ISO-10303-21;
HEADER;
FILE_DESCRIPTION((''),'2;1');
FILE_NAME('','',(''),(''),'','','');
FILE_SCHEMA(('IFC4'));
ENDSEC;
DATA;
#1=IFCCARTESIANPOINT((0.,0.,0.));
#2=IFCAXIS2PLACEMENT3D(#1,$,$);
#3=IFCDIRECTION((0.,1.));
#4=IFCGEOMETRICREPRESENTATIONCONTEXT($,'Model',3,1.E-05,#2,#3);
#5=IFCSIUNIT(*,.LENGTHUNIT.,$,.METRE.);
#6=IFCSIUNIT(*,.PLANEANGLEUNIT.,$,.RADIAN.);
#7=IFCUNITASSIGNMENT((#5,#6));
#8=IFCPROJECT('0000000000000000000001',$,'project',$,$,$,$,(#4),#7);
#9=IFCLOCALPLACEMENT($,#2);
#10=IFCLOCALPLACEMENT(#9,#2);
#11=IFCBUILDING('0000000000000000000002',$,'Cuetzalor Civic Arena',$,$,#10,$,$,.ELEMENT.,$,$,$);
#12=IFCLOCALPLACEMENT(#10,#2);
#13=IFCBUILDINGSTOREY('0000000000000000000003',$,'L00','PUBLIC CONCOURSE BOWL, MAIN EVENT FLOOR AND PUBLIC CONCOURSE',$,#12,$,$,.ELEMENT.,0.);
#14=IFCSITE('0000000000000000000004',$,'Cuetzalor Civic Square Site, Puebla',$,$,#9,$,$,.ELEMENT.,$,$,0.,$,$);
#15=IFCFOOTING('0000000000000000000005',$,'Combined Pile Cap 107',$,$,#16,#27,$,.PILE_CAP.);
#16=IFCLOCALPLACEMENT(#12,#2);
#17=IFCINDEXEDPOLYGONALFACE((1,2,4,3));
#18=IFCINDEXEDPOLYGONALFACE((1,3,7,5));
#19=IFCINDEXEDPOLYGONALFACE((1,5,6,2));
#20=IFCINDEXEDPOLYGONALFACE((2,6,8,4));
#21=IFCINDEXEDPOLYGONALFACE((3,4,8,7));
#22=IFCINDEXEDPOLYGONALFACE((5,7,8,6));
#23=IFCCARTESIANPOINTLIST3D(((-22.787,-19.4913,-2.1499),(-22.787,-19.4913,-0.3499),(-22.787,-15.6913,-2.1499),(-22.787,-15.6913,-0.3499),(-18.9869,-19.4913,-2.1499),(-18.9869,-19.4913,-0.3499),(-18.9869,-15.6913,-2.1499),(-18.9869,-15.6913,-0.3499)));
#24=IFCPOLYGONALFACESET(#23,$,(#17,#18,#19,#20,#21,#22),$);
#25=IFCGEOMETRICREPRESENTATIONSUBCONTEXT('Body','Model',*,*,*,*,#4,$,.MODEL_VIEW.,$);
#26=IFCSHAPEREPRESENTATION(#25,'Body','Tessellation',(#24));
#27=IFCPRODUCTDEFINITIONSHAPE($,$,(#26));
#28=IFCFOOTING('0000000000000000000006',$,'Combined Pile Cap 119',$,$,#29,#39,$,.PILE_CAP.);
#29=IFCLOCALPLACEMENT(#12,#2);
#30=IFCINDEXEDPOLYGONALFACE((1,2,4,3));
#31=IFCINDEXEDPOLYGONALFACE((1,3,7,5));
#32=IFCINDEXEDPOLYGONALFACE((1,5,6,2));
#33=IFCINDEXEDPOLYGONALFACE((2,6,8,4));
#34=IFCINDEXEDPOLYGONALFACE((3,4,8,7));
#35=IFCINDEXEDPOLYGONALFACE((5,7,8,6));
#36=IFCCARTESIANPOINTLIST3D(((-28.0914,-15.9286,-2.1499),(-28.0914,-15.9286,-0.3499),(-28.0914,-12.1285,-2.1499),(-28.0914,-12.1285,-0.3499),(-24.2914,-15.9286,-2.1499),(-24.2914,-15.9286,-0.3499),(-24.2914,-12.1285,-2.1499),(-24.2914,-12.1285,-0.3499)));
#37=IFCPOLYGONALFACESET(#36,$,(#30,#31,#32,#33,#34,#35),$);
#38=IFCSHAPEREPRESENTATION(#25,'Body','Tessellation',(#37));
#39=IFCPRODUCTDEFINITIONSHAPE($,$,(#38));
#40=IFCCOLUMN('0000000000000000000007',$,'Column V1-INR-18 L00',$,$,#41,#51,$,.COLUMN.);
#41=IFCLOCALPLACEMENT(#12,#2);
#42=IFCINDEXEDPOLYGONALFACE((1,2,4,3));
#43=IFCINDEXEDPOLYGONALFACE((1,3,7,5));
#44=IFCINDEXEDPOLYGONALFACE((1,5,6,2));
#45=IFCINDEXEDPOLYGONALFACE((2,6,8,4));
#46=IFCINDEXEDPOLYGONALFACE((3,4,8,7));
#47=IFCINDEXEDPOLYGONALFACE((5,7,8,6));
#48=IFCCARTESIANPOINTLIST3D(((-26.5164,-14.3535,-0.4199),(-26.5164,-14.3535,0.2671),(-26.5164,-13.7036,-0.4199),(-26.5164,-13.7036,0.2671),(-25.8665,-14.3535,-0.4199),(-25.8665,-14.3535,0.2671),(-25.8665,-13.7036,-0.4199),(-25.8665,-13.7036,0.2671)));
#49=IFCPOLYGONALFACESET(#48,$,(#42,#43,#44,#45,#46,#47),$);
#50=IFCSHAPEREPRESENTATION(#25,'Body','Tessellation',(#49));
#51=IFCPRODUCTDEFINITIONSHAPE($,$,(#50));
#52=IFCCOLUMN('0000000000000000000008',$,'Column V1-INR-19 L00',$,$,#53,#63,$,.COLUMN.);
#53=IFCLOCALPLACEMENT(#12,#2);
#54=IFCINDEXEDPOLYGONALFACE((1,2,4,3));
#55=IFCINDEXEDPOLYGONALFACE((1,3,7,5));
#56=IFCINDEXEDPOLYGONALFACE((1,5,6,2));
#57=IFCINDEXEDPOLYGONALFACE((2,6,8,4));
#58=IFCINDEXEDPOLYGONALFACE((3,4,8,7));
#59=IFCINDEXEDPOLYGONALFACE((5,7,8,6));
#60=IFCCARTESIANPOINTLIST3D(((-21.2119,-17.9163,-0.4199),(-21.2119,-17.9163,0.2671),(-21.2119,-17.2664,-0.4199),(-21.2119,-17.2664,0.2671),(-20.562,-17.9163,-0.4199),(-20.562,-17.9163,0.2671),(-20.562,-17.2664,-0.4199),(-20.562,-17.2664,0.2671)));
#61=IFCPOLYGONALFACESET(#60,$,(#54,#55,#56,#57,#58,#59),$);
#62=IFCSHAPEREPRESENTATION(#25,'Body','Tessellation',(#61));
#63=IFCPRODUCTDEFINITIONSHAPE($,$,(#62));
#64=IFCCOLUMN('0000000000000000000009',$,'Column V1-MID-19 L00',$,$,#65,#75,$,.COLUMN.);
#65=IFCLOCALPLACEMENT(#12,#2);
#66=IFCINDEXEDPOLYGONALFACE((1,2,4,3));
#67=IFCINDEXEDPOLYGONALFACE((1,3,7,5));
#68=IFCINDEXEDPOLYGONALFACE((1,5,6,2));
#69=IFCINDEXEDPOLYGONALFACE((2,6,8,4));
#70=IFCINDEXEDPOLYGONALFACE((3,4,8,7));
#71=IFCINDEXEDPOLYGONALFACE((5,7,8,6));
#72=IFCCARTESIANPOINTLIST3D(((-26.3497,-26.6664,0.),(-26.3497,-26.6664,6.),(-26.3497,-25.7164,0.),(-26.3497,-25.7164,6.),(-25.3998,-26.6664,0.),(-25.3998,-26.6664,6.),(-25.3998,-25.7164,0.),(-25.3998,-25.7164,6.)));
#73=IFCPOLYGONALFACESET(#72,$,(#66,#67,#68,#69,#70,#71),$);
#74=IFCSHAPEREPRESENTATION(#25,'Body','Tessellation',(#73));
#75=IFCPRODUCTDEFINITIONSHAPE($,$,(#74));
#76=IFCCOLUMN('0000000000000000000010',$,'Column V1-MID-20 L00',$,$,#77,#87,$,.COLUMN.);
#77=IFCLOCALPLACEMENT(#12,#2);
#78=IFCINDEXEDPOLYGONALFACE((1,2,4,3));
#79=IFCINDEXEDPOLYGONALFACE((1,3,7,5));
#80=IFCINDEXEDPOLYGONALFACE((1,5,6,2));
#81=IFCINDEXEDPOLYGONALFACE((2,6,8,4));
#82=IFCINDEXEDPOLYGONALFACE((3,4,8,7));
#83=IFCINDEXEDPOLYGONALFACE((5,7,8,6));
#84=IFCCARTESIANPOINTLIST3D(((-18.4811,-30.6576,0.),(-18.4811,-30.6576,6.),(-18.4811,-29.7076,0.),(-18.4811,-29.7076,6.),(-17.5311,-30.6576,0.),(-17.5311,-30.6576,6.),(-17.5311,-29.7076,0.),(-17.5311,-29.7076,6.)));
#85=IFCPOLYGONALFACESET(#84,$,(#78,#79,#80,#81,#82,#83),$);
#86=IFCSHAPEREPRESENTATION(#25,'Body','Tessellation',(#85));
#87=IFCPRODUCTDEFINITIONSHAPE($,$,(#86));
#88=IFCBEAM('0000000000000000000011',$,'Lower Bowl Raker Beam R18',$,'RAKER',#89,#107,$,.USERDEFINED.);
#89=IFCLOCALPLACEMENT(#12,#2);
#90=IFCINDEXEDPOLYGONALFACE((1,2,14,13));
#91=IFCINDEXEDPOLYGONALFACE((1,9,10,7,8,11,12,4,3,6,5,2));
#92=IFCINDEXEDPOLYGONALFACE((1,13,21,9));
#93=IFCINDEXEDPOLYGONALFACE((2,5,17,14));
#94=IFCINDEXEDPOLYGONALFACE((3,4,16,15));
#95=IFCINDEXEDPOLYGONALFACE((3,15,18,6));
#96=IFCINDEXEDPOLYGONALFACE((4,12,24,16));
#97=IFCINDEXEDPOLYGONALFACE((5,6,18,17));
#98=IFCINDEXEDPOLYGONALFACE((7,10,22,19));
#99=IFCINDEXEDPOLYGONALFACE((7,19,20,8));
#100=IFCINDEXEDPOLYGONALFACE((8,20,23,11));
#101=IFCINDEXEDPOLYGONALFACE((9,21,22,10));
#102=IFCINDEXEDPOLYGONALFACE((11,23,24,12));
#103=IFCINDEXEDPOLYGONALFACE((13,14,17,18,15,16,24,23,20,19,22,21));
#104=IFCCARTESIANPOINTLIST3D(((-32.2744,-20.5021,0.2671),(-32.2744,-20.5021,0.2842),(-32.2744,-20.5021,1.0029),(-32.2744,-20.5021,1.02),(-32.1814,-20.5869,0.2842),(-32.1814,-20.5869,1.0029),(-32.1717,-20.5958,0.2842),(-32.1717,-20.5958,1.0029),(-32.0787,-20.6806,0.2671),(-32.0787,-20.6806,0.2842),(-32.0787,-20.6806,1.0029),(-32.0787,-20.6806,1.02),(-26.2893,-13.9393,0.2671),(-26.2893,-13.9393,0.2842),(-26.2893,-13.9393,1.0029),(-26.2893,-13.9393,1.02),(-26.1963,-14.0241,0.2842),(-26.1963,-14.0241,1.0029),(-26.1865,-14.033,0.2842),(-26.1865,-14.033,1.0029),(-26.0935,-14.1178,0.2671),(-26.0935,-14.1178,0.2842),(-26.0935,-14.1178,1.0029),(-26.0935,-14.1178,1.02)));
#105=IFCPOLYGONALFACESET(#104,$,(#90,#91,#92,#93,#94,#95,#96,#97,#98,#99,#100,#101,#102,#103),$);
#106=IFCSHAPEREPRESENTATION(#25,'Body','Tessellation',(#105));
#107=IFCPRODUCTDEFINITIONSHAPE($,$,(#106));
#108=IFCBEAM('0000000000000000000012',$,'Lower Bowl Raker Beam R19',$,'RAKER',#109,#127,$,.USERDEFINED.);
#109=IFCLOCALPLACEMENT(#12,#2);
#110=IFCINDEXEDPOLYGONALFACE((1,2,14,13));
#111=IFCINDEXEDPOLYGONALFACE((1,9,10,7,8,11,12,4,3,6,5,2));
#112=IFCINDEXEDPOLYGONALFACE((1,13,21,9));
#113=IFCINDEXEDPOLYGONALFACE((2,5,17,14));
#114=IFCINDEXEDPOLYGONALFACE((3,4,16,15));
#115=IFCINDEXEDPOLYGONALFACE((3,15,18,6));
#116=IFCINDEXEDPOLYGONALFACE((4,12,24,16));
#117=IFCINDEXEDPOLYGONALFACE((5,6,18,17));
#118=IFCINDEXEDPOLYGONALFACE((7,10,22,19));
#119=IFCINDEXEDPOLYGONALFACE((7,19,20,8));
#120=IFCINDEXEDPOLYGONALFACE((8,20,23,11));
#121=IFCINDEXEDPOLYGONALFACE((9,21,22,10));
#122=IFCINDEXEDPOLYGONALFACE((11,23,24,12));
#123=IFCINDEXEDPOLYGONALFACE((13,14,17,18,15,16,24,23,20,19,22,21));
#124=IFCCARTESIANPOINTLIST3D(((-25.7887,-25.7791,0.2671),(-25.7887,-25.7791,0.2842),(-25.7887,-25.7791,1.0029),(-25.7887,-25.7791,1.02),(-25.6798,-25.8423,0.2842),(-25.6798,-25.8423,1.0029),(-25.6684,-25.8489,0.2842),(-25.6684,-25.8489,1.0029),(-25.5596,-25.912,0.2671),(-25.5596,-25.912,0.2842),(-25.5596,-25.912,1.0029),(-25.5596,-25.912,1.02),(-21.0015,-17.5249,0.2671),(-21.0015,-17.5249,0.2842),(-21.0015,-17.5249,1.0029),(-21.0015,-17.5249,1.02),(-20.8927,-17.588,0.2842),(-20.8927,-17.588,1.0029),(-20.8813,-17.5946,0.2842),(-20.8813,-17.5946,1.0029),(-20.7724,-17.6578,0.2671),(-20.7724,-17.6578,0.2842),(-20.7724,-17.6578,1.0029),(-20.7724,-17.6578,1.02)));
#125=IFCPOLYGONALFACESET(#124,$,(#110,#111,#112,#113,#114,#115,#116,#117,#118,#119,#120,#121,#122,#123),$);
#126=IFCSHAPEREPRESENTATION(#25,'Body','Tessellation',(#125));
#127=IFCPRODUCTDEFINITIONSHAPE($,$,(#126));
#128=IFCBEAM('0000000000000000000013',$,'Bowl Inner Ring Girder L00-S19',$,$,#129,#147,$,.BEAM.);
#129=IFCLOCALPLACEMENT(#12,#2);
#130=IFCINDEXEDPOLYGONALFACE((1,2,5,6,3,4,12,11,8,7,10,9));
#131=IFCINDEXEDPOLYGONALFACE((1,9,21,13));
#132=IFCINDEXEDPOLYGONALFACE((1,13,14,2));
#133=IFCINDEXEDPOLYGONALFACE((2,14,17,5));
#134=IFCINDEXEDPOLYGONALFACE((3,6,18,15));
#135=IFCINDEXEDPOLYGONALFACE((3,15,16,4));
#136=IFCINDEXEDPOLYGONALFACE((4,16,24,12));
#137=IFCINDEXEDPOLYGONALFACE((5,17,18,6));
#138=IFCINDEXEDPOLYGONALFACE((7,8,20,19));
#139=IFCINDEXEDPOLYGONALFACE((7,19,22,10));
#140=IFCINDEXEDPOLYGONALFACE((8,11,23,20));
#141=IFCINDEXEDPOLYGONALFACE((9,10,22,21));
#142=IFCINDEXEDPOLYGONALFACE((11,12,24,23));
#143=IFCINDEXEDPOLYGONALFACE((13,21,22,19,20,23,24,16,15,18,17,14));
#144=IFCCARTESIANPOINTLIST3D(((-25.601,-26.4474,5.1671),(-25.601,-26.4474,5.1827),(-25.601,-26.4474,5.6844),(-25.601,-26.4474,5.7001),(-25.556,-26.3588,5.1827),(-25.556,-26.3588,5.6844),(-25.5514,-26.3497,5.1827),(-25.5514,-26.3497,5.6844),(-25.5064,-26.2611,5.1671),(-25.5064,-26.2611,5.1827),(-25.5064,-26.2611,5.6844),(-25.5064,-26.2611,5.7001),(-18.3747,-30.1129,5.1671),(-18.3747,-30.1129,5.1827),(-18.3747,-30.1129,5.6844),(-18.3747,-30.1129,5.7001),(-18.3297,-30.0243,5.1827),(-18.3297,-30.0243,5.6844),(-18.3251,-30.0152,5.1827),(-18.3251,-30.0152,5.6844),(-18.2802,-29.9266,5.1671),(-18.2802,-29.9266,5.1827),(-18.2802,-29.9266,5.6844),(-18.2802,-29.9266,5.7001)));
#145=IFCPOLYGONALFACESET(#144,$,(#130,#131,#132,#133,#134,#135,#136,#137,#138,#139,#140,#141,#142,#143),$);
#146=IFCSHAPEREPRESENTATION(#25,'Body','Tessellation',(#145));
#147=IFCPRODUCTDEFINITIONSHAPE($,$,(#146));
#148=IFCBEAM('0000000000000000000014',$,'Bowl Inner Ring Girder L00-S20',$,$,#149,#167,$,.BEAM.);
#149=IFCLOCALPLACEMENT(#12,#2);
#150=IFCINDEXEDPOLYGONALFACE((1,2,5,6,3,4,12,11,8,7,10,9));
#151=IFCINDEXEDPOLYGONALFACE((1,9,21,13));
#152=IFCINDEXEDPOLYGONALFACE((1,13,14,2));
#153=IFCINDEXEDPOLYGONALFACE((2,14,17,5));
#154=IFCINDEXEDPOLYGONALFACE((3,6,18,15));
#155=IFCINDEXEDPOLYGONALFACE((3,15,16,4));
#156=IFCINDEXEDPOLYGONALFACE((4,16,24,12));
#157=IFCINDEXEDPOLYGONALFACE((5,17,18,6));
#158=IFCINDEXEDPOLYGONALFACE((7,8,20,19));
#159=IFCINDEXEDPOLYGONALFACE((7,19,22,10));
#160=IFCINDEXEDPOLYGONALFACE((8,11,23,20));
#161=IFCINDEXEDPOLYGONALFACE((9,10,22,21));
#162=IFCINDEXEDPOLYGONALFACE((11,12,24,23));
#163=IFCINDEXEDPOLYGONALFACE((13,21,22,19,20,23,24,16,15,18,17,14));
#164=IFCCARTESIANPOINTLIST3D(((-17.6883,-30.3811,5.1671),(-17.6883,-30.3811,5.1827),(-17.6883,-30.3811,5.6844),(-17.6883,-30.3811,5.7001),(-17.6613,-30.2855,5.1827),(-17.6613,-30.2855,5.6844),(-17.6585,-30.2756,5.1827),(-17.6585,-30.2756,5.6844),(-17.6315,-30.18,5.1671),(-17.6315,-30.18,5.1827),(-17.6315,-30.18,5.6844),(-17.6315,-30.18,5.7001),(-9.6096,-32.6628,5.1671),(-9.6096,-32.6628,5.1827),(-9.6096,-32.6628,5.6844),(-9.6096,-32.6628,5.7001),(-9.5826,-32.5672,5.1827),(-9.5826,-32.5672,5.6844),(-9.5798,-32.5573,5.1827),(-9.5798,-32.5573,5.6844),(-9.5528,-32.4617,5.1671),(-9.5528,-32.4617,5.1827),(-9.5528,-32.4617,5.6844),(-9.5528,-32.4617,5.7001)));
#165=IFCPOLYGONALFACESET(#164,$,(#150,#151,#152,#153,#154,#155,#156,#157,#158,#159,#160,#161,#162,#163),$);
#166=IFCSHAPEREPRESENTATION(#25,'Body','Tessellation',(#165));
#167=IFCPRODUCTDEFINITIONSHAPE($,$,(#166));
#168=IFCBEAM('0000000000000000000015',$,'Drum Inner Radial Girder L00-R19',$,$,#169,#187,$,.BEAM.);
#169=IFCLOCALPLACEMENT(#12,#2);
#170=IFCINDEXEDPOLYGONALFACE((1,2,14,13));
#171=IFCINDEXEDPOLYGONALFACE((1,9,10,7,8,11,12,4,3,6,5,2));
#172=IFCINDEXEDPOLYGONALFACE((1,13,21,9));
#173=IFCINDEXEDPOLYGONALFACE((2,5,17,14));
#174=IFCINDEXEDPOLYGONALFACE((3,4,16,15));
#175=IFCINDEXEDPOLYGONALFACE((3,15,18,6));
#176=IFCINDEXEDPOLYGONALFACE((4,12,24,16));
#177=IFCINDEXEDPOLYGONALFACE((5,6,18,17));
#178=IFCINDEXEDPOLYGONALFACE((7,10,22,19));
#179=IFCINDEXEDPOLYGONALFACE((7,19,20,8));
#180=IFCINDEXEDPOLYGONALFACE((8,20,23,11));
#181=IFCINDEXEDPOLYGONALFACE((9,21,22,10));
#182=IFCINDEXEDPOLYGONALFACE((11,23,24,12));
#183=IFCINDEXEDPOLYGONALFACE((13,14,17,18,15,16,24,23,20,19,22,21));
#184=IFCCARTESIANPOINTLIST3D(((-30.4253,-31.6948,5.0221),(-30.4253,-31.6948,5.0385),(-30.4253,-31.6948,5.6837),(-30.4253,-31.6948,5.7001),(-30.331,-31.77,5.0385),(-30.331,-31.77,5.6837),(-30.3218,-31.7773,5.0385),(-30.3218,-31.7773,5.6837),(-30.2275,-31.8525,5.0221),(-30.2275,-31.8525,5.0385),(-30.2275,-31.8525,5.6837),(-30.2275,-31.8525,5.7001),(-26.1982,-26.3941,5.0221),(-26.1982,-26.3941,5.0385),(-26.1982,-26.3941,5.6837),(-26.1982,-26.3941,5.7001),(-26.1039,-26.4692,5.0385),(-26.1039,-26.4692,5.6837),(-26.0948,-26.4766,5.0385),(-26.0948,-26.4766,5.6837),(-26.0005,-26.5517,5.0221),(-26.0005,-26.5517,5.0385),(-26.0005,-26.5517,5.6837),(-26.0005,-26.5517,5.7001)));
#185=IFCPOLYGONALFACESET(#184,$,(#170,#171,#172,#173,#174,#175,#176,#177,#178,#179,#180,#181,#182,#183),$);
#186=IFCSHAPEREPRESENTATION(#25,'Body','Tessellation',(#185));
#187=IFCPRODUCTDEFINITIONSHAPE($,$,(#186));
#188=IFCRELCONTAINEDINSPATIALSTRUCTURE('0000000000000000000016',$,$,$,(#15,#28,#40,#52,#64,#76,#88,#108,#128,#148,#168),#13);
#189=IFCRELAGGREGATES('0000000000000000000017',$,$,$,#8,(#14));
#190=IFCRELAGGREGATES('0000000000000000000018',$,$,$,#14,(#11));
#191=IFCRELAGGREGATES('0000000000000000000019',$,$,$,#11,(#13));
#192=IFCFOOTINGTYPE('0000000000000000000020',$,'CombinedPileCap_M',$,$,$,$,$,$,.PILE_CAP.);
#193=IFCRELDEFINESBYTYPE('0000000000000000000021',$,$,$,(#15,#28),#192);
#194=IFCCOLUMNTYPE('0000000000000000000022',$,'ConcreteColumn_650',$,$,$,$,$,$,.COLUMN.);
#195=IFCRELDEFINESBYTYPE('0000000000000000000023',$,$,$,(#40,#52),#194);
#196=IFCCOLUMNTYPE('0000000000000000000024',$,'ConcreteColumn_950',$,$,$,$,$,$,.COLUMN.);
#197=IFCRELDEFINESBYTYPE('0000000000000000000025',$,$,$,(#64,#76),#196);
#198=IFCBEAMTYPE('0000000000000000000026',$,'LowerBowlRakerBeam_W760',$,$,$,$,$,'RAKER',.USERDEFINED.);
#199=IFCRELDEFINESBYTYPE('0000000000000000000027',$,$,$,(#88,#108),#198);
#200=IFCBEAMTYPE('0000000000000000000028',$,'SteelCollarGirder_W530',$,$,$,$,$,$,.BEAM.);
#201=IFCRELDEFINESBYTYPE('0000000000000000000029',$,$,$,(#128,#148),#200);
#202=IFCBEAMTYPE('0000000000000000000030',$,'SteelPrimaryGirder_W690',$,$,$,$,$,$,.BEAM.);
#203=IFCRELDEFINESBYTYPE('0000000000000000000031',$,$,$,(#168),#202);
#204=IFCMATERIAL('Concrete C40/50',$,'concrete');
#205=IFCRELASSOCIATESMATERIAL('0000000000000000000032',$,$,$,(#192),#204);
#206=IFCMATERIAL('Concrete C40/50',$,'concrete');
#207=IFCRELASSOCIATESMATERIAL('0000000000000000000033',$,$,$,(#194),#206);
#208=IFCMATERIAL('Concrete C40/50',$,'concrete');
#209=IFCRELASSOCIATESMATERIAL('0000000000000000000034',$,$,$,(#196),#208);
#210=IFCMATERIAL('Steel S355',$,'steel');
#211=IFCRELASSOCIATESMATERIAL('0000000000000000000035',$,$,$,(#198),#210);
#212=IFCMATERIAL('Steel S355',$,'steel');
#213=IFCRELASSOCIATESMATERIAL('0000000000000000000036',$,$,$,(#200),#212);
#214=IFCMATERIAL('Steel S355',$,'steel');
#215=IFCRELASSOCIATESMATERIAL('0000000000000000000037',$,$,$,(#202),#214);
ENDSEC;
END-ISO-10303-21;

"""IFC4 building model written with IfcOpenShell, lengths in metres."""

from ifc_helpers import new_model, si_unit, direction, frame, origin, origin_2d, place, context, subcontext, project, spatial, rectangle, i_section, extrude, material, material_profile, profile_set, type_object, element, save


model = new_model("IFC4")

# Units and contexts
model_context = context("Model", 3, precision=1e-05, world=origin(), true_north=direction((0.0, 1.0)))
body_context = subcontext(model_context, "Body", "Model", "MODEL_VIEW")
ifc_project = project(units=[si_unit("LENGTHUNIT", "METRE"), si_unit("PLANEANGLEUNIT", "RADIAN")], contexts=[model_context])

# Site, building, storey
site_placement = place(None, origin())
site = spatial("IfcSite", under=ifc_project, at=site_placement, Name="Cuetzalor Civic Square Site, Puebla", CompositionType="ELEMENT", RefElevation=0.0)
building_placement = place(site_placement, origin())
building = spatial("IfcBuilding", under=site, at=building_placement, Name="Cuetzalor Civic Arena", CompositionType="ELEMENT")
storey_placement = place(building_placement, origin())
storey = spatial("IfcBuildingStorey", under=building, at=storey_placement, Name="L00", Description="PUBLIC CONCOURSE BOWL, MAIN EVENT FLOOR AND PUBLIC CONCOURSE", CompositionType="ELEMENT", Elevation=0.0)

# Footings
ifc_material_1 = material(Name="Concrete C40/50", Category="concrete")
footing_type = type_object("IfcFootingType", Name="CombinedPileCap_M", PredefinedType="PILE_CAP", material=ifc_material_1)
for number, where, z_axis, x_axis, name in (
    (1, (-20.887, -17.5913, -2.1499), (0.0, 0.0, 1.0), (1.0, 0.0, 0.0), "Combined Pile Cap 107"),
    (2, (-26.1914, -14.0286, -2.1499), (0.0, 0.0, 1.0), (1.0, 0.0, 0.0), "Combined Pile Cap 119"),
):
    element("IfcFooting", number, at=place(storey_placement, frame(where, z_axis=z_axis, x_axis=x_axis)), inside=storey, type_object=footing_type, Name=name, PredefinedType="PILE_CAP", context=body_context, shape_type="SweptSolid", body=[
        extrude(rectangle(XDim=3.8, YDim=3.8, at=origin_2d()), origin(), (0.0, 0.0, 1.0), 1.8),
    ])

# Columns
ifc_material_2 = material(Name="Concrete C40/50", Category="concrete")
ifc_material_profile_1 = material_profile(ifc_material_2, rectangle(XDim=0.6499, YDim=0.6499, at=origin_2d()), Name="RC 650x650")
ifc_profile_set_1 = profile_set([ifc_material_profile_1], Name="Concrete C40/50")
column_type_1 = type_object("IfcColumnType", Name="ConcreteColumn_650", PredefinedType="COLUMN", material=ifc_profile_set_1)
for number, where, z_axis, x_axis, name in (
    (3, (-26.1914, -14.0286, -0.4199), (0.0, 0.0, 1.0), (1.0, 0.0, 0.0), "Column V1-INR-18 L00"),
    (4, (-20.887, -17.5913, -0.4199), (0.0, 0.0, 1.0), (1.0, 0.0, 0.0), "Column V1-INR-19 L00"),
):
    element("IfcColumn", number, at=place(storey_placement, frame(where, z_axis=z_axis, x_axis=x_axis)), inside=storey, type_object=column_type_1, Name=name, PredefinedType="COLUMN", context=body_context, shape_type="SweptSolid", body=[
        extrude(rectangle(XDim=0.6499, YDim=0.6499, at=origin_2d()), origin(), (0.0, 0.0, 1.0), 0.687),
    ])
ifc_material_3 = material(Name="Concrete C40/50", Category="concrete")
ifc_material_profile_2 = material_profile(ifc_material_3, rectangle(XDim=0.95, YDim=0.95, at=origin_2d()), Name="RC 950x950")
ifc_profile_set_2 = profile_set([ifc_material_profile_2], Name="Concrete C40/50")
column_type_2 = type_object("IfcColumnType", Name="ConcreteColumn_950", PredefinedType="COLUMN", material=ifc_profile_set_2)
for number, where, z_axis, x_axis, name in (
    (5, (-25.8748, -26.1914, 0.0), (0.0, 0.0, 1.0), (1.0, 0.0, 0.0), "Column V1-MID-19 L00"),
    (6, (-18.0061, -30.1826, 0.0), (0.0, 0.0, 1.0), (1.0, 0.0, 0.0), "Column V1-MID-20 L00"),
):
    element("IfcColumn", number, at=place(storey_placement, frame(where, z_axis=z_axis, x_axis=x_axis)), inside=storey, type_object=column_type_2, Name=name, PredefinedType="COLUMN", context=body_context, shape_type="SweptSolid", body=[
        extrude(rectangle(XDim=0.95, YDim=0.95, at=origin_2d()), origin(), (0.0, 0.0, 1.0), 6.0),
    ])

# Beams
ifc_material_4 = material(Name="Steel S355", Category="steel")
ifc_material_profile_3 = material_profile(ifc_material_4, i_section(OverallWidth=0.2649, OverallDepth=0.7529, WebThickness=0.0132, FlangeThickness=0.0171, at=origin_2d()), Name="W760x147")
ifc_profile_set_3 = profile_set([ifc_material_profile_3], Name="Steel S355")
beam_type_1 = type_object("IfcBeamType", Name="LowerBowlRakerBeam_W760", ElementType="RAKER", PredefinedType="USERDEFINED", material=ifc_profile_set_3)
beam_1_placement = place(storey_placement, frame((-26.1914, -14.0286, 0.6436), z_axis=(-0.673842, -0.738876, 0.0), x_axis=(0.738876, -0.673842, 0.0)))
element("IfcBeam", 7, at=beam_1_placement, inside=storey, type_object=beam_type_1, Name="Lower Bowl Raker Beam R18", ObjectType="RAKER", PredefinedType="USERDEFINED", context=body_context, shape_type="SweptSolid", body=[
    extrude(i_section(OverallWidth=0.2649, OverallDepth=0.7529, WebThickness=0.0132, FlangeThickness=0.0171, at=origin_2d()), origin(), (0.0, 0.0, 1.0), 8.8821),
])
beam_2_placement = place(storey_placement, frame((-20.887, -17.5913, 0.6436), z_axis=(-0.501695, -0.865045, 0.0), x_axis=(0.865045, -0.501695, 0.0)))
element("IfcBeam", 8, at=beam_2_placement, inside=storey, type_object=beam_type_1, Name="Lower Bowl Raker Beam R19", ObjectType="RAKER", PredefinedType="USERDEFINED", context=body_context, shape_type="SweptSolid", body=[
    extrude(i_section(OverallWidth=0.2649, OverallDepth=0.7529, WebThickness=0.0132, FlangeThickness=0.0171, at=origin_2d()), origin(), (0.0, 0.0, 1.0), 9.542),
])
ifc_material_5 = material(Name="Steel S355", Category="steel")
ifc_material_profile_4 = material_profile(ifc_material_5, i_section(OverallWidth=0.209, OverallDepth=0.533, WebThickness=0.0103, FlangeThickness=0.0156, at=origin_2d()), Name="W530x92")
ifc_profile_set_4 = profile_set([ifc_material_profile_4], Name="Steel S355")
beam_type_2 = type_object("IfcBeamType", Name="SteelCollarGirder_W530", PredefinedType="BEAM", material=ifc_profile_set_4)
beam_3_placement = place(storey_placement, frame((-25.5537, -26.3542, 5.4336), z_axis=(0.891827, -0.452376, 0.0), x_axis=(0.452376, 0.891827, 0.0)))
element("IfcBeam", 9, at=beam_3_placement, inside=storey, type_object=beam_type_2, Name="Bowl Inner Ring Girder L00-S19", PredefinedType="BEAM", context=body_context, shape_type="SweptSolid", body=[
    extrude(i_section(OverallWidth=0.209, OverallDepth=0.533, WebThickness=0.0103, FlangeThickness=0.0156, at=origin_2d()), origin(), (0.0, 0.0, 1.0), 8.1028),
])
beam_4_placement = place(storey_placement, frame((-17.6599, -30.2805, 5.4336), z_axis=(0.962354, -0.271801, 0.0), x_axis=(0.271801, 0.962354, 0.0)))
element("IfcBeam", 10, at=beam_4_placement, inside=storey, type_object=beam_type_2, Name="Bowl Inner Ring Girder L00-S20", PredefinedType="BEAM", context=body_context, shape_type="SweptSolid", body=[
    extrude(i_section(OverallWidth=0.209, OverallDepth=0.533, WebThickness=0.0103, FlangeThickness=0.0156, at=origin_2d()), origin(), (0.0, 0.0, 1.0), 8.3948),
])
ifc_material_6 = material(Name="Steel S355", Category="steel")
ifc_material_profile_5 = material_profile(ifc_material_6, i_section(OverallWidth=0.2529, OverallDepth=0.678, WebThickness=0.0117, FlangeThickness=0.0164, at=origin_2d()), Name="W690x125")
ifc_profile_set_5 = profile_set([ifc_material_profile_5], Name="Steel S355")
beam_type_3 = type_object("IfcBeamType", Name="SteelPrimaryGirder_W690", PredefinedType="BEAM", material=ifc_profile_set_5)
beam_5_placement = place(storey_placement, frame((-26.0994, -26.4729, 5.3611), z_axis=(-0.623473, -0.781845, 0.0), x_axis=(0.781845, -0.623473, 0.0)))
element("IfcBeam", 11, at=beam_5_placement, inside=storey, type_object=beam_type_3, Name="Drum Inner Radial Girder L00-R19", PredefinedType="BEAM", context=body_context, shape_type="SweptSolid", body=[
    extrude(i_section(OverallWidth=0.2529, OverallDepth=0.678, WebThickness=0.0117, FlangeThickness=0.0164, at=origin_2d()), origin(), (0.0, 0.0, 1.0), 6.7798),
])

save(model, "model.ifc")
